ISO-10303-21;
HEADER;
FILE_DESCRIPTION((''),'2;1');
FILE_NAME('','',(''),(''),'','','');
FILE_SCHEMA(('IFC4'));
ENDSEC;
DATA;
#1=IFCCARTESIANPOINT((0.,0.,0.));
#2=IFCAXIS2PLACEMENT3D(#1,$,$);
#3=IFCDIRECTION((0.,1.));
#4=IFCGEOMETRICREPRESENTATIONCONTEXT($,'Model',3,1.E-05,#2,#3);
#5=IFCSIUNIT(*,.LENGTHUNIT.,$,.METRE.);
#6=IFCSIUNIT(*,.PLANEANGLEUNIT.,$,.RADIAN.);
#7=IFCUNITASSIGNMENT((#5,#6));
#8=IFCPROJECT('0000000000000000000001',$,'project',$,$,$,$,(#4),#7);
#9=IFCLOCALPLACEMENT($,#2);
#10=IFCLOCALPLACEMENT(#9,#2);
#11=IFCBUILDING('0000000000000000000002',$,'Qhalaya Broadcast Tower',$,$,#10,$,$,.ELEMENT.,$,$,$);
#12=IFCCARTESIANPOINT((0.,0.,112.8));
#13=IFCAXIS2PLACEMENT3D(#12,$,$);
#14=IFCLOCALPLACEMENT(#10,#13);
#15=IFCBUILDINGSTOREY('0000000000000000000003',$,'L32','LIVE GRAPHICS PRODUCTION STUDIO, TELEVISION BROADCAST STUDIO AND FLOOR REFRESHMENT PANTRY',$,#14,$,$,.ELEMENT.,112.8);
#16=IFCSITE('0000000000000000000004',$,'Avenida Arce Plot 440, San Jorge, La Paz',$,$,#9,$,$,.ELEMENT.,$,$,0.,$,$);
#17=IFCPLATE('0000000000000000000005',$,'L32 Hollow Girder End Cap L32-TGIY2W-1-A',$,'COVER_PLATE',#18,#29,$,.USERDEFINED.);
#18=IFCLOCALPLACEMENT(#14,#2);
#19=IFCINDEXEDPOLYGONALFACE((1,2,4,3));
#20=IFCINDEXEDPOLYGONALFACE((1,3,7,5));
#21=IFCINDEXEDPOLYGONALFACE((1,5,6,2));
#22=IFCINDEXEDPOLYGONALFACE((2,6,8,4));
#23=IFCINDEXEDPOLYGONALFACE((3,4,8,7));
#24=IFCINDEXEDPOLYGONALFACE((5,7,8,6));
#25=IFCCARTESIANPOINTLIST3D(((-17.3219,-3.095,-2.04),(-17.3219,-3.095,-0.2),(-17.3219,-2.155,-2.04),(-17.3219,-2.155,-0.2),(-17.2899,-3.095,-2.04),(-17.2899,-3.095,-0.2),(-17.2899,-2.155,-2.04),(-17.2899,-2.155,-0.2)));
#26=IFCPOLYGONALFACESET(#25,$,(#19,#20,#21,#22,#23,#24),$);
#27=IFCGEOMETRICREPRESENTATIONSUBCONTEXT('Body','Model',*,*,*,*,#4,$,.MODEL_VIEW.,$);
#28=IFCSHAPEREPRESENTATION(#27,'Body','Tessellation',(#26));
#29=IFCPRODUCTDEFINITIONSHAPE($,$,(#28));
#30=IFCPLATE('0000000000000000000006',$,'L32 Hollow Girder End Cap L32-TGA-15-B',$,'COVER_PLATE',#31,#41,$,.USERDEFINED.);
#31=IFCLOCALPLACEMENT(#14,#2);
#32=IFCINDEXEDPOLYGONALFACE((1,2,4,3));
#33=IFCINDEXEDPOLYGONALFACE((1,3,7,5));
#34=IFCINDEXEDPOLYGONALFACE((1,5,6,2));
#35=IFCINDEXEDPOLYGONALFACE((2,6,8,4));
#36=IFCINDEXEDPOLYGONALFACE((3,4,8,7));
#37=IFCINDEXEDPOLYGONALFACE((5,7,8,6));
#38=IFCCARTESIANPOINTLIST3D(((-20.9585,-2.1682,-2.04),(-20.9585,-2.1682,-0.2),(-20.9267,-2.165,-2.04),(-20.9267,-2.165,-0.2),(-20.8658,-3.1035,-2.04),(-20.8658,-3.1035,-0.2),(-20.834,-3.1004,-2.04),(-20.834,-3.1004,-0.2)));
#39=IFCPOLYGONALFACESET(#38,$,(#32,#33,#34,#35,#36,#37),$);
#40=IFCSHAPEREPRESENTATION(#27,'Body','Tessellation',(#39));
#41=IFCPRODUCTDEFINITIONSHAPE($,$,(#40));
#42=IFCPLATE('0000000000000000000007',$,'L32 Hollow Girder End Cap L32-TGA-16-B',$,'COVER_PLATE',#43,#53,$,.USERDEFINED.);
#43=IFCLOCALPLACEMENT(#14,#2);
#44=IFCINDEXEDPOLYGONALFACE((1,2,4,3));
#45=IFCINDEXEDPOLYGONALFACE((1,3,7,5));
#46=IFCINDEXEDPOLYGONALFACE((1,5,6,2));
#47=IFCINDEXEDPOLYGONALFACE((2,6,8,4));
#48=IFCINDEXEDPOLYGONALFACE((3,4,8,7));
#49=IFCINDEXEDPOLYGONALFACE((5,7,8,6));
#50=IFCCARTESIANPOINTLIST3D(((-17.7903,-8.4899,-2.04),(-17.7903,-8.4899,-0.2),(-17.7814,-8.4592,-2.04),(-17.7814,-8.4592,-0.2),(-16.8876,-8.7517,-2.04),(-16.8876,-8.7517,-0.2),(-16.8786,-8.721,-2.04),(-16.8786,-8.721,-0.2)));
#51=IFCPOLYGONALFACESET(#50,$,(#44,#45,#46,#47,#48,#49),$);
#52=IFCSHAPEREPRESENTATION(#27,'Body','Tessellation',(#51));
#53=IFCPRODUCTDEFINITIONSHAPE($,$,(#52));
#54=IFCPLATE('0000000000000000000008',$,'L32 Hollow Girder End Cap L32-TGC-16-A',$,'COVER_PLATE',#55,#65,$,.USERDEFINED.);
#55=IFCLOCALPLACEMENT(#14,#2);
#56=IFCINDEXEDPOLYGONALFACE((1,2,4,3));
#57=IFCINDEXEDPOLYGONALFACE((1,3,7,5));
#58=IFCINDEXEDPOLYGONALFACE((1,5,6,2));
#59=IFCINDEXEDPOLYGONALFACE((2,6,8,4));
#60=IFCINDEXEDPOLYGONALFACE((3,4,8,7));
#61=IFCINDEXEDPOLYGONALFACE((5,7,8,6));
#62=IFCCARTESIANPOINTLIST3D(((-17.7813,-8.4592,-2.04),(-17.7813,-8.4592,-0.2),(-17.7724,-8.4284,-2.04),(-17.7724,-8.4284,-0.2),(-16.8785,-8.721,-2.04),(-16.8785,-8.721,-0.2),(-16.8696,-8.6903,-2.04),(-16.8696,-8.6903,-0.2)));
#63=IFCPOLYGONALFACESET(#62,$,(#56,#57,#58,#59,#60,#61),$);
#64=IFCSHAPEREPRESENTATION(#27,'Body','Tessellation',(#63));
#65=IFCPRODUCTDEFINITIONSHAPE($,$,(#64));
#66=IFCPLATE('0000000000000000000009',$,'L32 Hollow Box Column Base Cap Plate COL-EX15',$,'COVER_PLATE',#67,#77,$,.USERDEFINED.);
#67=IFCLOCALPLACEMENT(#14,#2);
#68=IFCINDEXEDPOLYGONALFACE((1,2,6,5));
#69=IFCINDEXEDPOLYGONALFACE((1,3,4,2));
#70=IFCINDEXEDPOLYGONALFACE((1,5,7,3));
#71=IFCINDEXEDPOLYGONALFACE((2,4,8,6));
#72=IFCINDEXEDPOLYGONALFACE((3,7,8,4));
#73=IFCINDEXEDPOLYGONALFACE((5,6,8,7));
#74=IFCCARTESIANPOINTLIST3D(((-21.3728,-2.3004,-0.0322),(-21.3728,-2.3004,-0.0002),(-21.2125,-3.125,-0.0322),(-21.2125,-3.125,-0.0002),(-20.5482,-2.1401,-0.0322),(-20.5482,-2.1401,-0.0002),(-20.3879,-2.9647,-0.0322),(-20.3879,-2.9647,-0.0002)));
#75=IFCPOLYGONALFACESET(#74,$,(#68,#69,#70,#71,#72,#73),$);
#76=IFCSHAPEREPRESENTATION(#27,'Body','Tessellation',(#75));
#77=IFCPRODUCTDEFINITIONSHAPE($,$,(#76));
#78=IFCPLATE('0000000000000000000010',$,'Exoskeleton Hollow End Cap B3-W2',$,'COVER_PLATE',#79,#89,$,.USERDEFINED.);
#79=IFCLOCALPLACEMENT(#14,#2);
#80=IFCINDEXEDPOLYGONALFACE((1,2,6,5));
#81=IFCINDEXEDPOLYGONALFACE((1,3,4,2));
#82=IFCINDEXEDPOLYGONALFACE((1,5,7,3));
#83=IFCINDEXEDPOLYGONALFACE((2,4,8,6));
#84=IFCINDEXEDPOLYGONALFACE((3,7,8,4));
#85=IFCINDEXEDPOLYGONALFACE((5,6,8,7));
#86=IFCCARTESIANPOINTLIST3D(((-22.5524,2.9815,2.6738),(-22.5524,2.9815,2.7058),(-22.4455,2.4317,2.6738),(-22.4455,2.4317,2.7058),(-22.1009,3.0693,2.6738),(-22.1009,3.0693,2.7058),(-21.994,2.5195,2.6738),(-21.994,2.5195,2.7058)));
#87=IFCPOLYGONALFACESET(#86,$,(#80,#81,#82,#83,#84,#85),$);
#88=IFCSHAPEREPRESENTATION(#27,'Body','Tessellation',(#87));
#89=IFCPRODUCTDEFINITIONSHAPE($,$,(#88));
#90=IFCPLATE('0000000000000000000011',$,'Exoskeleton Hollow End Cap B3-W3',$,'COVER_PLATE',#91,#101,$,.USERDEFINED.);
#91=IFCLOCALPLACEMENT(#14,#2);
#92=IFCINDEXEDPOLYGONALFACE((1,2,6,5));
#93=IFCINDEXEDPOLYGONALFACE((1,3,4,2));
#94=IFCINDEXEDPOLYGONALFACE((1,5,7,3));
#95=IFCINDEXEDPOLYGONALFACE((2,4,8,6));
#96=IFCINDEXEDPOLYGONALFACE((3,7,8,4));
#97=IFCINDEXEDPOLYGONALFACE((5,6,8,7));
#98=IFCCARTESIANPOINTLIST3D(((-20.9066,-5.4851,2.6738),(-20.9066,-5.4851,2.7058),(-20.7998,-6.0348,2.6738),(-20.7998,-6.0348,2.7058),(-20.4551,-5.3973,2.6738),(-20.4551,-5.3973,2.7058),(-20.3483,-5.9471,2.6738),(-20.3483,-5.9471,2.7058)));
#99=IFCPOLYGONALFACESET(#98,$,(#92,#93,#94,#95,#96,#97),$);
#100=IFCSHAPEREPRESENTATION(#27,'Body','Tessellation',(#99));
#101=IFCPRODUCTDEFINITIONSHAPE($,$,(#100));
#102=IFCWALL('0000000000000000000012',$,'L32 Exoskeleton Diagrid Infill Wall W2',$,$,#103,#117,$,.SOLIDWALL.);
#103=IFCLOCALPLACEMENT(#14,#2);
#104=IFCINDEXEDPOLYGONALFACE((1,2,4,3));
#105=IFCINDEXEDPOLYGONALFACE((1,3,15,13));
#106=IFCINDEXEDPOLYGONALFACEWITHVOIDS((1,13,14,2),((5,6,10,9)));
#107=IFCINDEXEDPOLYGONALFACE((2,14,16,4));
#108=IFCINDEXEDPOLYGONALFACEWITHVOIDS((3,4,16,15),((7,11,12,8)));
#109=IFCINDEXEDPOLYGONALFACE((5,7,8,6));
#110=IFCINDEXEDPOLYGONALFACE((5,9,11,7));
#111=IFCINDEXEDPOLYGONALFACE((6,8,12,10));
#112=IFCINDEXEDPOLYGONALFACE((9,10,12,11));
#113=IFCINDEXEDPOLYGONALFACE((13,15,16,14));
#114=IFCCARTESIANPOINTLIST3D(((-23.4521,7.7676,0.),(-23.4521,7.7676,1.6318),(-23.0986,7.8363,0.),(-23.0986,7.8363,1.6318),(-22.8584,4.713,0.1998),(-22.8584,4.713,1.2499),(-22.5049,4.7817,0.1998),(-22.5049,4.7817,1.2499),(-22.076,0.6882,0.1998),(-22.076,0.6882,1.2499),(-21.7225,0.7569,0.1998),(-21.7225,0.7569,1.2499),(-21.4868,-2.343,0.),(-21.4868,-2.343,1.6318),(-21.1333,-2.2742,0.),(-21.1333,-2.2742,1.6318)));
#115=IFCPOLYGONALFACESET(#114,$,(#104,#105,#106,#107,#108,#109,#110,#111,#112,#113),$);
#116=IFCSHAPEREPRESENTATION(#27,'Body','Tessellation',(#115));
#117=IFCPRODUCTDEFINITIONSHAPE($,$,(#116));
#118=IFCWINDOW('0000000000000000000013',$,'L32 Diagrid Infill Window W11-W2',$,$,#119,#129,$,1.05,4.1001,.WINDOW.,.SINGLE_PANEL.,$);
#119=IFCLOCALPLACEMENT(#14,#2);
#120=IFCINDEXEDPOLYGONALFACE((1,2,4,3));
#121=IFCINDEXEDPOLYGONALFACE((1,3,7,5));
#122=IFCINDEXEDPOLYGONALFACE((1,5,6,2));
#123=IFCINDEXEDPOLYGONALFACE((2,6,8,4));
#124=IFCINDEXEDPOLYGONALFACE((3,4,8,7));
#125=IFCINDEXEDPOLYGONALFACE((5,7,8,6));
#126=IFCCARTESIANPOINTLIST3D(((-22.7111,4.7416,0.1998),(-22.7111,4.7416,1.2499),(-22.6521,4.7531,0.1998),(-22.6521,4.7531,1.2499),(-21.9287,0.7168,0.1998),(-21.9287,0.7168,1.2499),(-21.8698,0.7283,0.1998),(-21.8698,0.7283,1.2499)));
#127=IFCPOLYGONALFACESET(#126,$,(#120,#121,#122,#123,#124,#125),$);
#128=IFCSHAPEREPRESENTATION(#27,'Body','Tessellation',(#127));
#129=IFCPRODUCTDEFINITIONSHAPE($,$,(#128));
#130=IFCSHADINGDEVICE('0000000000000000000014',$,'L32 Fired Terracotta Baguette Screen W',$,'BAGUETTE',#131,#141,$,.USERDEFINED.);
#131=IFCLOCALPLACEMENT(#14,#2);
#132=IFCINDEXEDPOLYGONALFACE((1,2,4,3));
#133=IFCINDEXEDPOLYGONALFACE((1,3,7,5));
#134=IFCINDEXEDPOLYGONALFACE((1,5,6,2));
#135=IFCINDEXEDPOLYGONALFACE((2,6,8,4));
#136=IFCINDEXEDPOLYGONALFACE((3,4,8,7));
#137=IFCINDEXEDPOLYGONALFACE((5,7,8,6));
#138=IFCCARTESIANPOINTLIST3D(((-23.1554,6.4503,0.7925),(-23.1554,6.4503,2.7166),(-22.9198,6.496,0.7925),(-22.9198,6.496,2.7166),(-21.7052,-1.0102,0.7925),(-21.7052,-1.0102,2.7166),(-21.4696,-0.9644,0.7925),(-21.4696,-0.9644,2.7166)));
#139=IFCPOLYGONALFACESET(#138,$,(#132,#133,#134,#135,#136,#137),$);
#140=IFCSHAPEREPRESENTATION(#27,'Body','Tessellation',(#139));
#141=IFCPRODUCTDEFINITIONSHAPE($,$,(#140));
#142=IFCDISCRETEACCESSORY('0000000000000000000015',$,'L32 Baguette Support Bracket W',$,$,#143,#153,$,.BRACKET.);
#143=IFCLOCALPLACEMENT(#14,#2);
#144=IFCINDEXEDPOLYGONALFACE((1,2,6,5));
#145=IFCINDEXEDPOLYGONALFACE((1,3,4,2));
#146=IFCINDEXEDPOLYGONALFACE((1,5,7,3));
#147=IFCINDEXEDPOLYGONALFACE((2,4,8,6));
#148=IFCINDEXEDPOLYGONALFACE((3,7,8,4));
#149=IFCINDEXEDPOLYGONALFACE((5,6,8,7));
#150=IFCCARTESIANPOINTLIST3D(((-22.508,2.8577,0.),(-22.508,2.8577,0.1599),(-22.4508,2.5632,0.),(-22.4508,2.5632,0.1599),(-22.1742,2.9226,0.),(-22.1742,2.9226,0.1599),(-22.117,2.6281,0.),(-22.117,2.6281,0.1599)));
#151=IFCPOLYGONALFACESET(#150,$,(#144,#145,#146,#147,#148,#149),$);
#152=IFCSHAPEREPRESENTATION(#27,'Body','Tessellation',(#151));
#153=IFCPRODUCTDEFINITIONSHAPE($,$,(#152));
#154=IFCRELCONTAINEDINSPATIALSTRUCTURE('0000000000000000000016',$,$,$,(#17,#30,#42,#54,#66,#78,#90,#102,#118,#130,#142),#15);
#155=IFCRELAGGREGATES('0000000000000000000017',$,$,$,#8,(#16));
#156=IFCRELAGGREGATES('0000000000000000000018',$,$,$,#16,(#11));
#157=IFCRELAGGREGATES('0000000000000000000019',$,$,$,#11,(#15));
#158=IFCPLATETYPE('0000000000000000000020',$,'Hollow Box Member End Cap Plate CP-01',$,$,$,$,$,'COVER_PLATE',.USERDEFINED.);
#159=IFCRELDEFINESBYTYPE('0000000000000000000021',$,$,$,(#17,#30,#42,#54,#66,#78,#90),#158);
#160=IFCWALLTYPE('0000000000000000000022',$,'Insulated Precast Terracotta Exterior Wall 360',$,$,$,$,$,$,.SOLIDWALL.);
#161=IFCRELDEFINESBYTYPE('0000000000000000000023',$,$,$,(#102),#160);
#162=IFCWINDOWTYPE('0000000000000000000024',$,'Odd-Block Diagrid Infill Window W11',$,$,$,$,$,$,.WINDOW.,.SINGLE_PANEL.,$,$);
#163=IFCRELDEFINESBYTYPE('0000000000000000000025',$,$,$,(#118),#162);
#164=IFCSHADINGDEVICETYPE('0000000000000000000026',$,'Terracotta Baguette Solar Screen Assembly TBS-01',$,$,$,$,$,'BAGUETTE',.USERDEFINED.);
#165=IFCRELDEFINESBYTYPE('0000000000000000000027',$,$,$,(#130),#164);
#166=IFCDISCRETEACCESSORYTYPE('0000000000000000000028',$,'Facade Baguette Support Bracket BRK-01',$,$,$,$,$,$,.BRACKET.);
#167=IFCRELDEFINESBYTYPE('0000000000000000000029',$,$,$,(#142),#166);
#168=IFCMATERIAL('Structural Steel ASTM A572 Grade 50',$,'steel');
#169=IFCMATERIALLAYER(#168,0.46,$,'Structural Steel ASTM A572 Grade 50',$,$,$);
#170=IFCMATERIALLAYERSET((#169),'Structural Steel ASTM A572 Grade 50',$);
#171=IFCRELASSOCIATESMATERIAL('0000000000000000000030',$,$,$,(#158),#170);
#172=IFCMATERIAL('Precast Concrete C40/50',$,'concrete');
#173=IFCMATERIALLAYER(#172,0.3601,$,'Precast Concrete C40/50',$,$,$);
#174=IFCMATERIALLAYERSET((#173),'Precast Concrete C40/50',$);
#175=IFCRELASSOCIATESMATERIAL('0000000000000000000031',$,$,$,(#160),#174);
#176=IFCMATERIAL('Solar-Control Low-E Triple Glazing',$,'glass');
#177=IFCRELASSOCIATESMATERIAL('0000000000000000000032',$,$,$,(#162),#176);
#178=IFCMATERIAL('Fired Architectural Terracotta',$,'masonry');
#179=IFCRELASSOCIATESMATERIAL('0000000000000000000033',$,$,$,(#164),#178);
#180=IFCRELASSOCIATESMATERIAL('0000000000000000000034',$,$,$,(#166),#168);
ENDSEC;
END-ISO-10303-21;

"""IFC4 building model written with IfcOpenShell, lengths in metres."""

from ifc_helpers import new_model, si_unit, direction, frame, frame_2d, origin, origin_2d, place, context, subcontext, project, spatial, rectangle, extrude, material, layer, layer_set, type_object, element, fill, save


model = new_model("IFC4")

# Units and contexts
model_context = context("Model", 3, precision=1e-05, world=origin(), true_north=direction((0.0, 1.0)))
body_context = subcontext(model_context, "Body", "Model", "MODEL_VIEW")
ifc_project = project(units=[si_unit("LENGTHUNIT", "METRE"), si_unit("PLANEANGLEUNIT", "RADIAN")], contexts=[model_context])

# Site, building, storey
site_placement = place(None, origin())
site = spatial("IfcSite", under=ifc_project, at=site_placement, Name="Avenida Arce Plot 440, San Jorge, La Paz", CompositionType="ELEMENT", RefElevation=0.0)
building_placement = place(site_placement, origin())
building = spatial("IfcBuilding", under=site, at=building_placement, Name="Qhalaya Broadcast Tower", CompositionType="ELEMENT")
storey_placement = place(building_placement, frame((0.0, 0.0, 112.8)))
storey = spatial("IfcBuildingStorey", under=building, at=storey_placement, Name="L32", Description="LIVE GRAPHICS PRODUCTION STUDIO, TELEVISION BROADCAST STUDIO AND FLOOR REFRESHMENT PANTRY", CompositionType="ELEMENT", Elevation=112.8)

# Shared definitions
ifc_material_1 = material(Name="Structural Steel ASTM A572 Grade 50", Category="steel")

# Plates
ifc_layer_1 = layer(ifc_material_1, 0.46, Name="Structural Steel ASTM A572 Grade 50")
ifc_layer_set_1 = layer_set([ifc_layer_1], Name="Structural Steel ASTM A572 Grade 50")
plate_type_1 = type_object("IfcPlateType", Name="Hollow Box Member End Cap Plate CP-01", ElementType="COVER_PLATE", PredefinedType="USERDEFINED", material=ifc_layer_set_1)
for number, where, z_axis, x_axis, name in (
    (1, (-17.3059, -2.625, -2.04), (0.0, 0.0, 1.0), (0.0, 1.0, 0.0), "L32 Hollow Girder End Cap L32-TGIY2W-1-A"),
    (2, (-20.8962, -2.6343, -2.04), (0.0, 0.0, 1.0), (0.098608, -0.995126, 0.0), "L32 Hollow Girder End Cap L32-TGA-15-B"),
    (3, (-17.3345, -8.6055, -2.04), (0.0, 0.0, 1.0), (0.96042, -0.278555, 0.0), "L32 Hollow Girder End Cap L32-TGA-16-B"),
    (4, (-17.3254, -8.5747, -2.04), (0.0, 0.0, 1.0), (0.96042, -0.278555, 0.0), "L32 Hollow Girder End Cap L32-TGC-16-A"),
):
    element("IfcPlate", number, at=place(storey_placement, frame(where, z_axis=z_axis, x_axis=x_axis)), inside=storey, type_object=plate_type_1, Name=name, ObjectType="COVER_PLATE", PredefinedType="USERDEFINED", context=body_context, shape_type="SweptSolid", body=[
        extrude(rectangle(XDim=0.9399, YDim=0.032, at=origin_2d()), origin(), (0.0, 0.0, 1.0), 1.8401),
    ])
plate_placement = place(storey_placement, frame((-20.8804, -2.6326, -0.0322), z_axis=(0.0, 0.0, 1.0), x_axis=(-0.190809, 0.981627, 0.0)))
element("IfcPlate", 5, at=plate_placement, inside=storey, type_object=plate_type_1, Name="L32 Hollow Box Column Base Cap Plate COL-EX15", ObjectType="COVER_PLATE", PredefinedType="USERDEFINED", context=body_context, shape_type="SweptSolid", body=[
    extrude(rectangle(XDim=0.8401, YDim=0.8401, at=origin_2d()), origin(), (0.0, 0.0, 1.0), 0.032),
])
for number, where, z_axis, x_axis, name in (
    (6, (-22.2732, 2.7505, 2.6738), (0.0, 0.0, 1.0), (-0.190809, 0.981627, 0.0), "Exoskeleton Hollow End Cap B3-W2"),
    (7, (-20.6274, -5.7161, 2.6738), (0.0, 0.0, 1.0), (-0.190809, 0.981627, 0.0), "Exoskeleton Hollow End Cap B3-W3"),
):
    element("IfcPlate", number, at=place(storey_placement, frame(where, z_axis=z_axis, x_axis=x_axis)), inside=storey, type_object=plate_type_1, Name=name, ObjectType="COVER_PLATE", PredefinedType="USERDEFINED", context=body_context, shape_type="SweptSolid", body=[
        extrude(rectangle(XDim=0.5601, YDim=0.46, at=origin_2d()), origin(), (0.0, 0.0, 1.0), 0.032),
    ])

# Wall, opening, window
ifc_material_2 = material(Name="Precast Concrete C40/50", Category="concrete")
ifc_layer_2 = layer(ifc_material_2, 0.3601, Name="Precast Concrete C40/50")
ifc_layer_set_2 = layer_set([ifc_layer_2], Name="Precast Concrete C40/50")
wall_type = type_object("IfcWallType", Name="Insulated Precast Terracotta Exterior Wall 360", PredefinedType="SOLIDWALL", material=ifc_layer_set_2)
wall_placement = place(storey_placement, frame((-21.3101, -2.3086, 0.0), z_axis=(0.0, 0.0, 1.0), x_axis=(-0.190812, 0.981627, 0.0)))
wall = element("IfcWall", 8, at=wall_placement, inside=storey, type_object=wall_type, Name="L32 Exoskeleton Diagrid Infill Wall W2", PredefinedType="SOLIDWALL", context=body_context, shape_type="SweptSolid", body=[
    extrude(rectangle(XDim=10.2998, YDim=0.3601, at=frame_2d((5.1499, 0.0))), origin(), (0.0, 0.0, 1.0), 1.6318),
])
opening_placement = place(wall_placement, frame((3.0879, 0.0, 0.2)))
opening = element("IfcOpeningElement", 9, at=opening_placement, cuts=wall, PredefinedType="OPENING", context=body_context, shape_type="SweptSolid", body=[
    extrude(rectangle(XDim=4.1001, YDim=1.05, at=frame_2d((2.05, 0.5249))), frame((0.0, 0.1921, 0.0), z_axis=(0.0, -1.0, 0.0), x_axis=(1.0, 0.0, 0.0)), (0.0, 0.0, 1.0), 0.384),
])
ifc_material_3 = material(Name="Solar-Control Low-E Triple Glazing", Category="glass")
window_type = type_object("IfcWindowType", Name="Odd-Block Diagrid Infill Window W11", PartitioningType="SINGLE_PANEL", PredefinedType="WINDOW", material=ifc_material_3)
window_placement = place(opening_placement, origin())
window = element("IfcWindow", 10, at=window_placement, inside=storey, type_object=window_type, Name="L32 Diagrid Infill Window W11-W2", OverallHeight=1.05, OverallWidth=4.1001, PartitioningType="SINGLE_PANEL", PredefinedType="WINDOW", context=body_context, shape_type="SweptSolid", body=[
    extrude(rectangle(XDim=4.1001, YDim=1.05, at=frame_2d((2.05, 0.5249))), frame((0.0, 0.03, 0.0), z_axis=(0.0, -1.0, 0.0), x_axis=(1.0, 0.0, 0.0)), (0.0, 0.0, 1.0), 0.0601),
])
fill(opening, window)

# Shading device
ifc_material_4 = material(Name="Fired Architectural Terracotta", Category="masonry")
shading_device_type = type_object("IfcShadingDeviceType", Name="Terracotta Baguette Solar Screen Assembly TBS-01", ElementType="BAGUETTE", PredefinedType="USERDEFINED", material=ifc_material_4)
shading_device_placement = place(storey_placement, frame((-22.3125, 2.7429, 0.7925), z_axis=(0.0, 0.0, 1.0), x_axis=(0.190809, -0.981627, 0.0)))
element("IfcShadingDevice", 11, at=shading_device_placement, inside=storey, type_object=shading_device_type, Name="L32 Fired Terracotta Baguette Screen W", ObjectType="BAGUETTE", PredefinedType="USERDEFINED", context=body_context, shape_type="SweptSolid", body=[
    extrude(rectangle(XDim=7.6001, YDim=0.24, at=origin_2d()), origin(), (0.0, 0.0, 1.0), 1.9241),
])

# Discrete accessory
discrete_accessory_type = type_object("IfcDiscreteAccessoryType", Name="Facade Baguette Support Bracket BRK-01", PredefinedType="BRACKET", material=ifc_material_1)
discrete_accessory_placement = place(storey_placement, frame((-22.3125, 2.7429, 0.0), z_axis=(0.0, 0.0, 1.0), x_axis=(0.190809, -0.981627, 0.0)))
element("IfcDiscreteAccessory", 12, at=discrete_accessory_placement, inside=storey, type_object=discrete_accessory_type, Name="L32 Baguette Support Bracket W", PredefinedType="BRACKET", context=body_context, shape_type="SweptSolid", body=[
    extrude(rectangle(XDim=0.3, YDim=0.3401, at=origin_2d()), origin(), (0.0, 0.0, 1.0), 0.1599),
])

save(model, "model.ifc")
